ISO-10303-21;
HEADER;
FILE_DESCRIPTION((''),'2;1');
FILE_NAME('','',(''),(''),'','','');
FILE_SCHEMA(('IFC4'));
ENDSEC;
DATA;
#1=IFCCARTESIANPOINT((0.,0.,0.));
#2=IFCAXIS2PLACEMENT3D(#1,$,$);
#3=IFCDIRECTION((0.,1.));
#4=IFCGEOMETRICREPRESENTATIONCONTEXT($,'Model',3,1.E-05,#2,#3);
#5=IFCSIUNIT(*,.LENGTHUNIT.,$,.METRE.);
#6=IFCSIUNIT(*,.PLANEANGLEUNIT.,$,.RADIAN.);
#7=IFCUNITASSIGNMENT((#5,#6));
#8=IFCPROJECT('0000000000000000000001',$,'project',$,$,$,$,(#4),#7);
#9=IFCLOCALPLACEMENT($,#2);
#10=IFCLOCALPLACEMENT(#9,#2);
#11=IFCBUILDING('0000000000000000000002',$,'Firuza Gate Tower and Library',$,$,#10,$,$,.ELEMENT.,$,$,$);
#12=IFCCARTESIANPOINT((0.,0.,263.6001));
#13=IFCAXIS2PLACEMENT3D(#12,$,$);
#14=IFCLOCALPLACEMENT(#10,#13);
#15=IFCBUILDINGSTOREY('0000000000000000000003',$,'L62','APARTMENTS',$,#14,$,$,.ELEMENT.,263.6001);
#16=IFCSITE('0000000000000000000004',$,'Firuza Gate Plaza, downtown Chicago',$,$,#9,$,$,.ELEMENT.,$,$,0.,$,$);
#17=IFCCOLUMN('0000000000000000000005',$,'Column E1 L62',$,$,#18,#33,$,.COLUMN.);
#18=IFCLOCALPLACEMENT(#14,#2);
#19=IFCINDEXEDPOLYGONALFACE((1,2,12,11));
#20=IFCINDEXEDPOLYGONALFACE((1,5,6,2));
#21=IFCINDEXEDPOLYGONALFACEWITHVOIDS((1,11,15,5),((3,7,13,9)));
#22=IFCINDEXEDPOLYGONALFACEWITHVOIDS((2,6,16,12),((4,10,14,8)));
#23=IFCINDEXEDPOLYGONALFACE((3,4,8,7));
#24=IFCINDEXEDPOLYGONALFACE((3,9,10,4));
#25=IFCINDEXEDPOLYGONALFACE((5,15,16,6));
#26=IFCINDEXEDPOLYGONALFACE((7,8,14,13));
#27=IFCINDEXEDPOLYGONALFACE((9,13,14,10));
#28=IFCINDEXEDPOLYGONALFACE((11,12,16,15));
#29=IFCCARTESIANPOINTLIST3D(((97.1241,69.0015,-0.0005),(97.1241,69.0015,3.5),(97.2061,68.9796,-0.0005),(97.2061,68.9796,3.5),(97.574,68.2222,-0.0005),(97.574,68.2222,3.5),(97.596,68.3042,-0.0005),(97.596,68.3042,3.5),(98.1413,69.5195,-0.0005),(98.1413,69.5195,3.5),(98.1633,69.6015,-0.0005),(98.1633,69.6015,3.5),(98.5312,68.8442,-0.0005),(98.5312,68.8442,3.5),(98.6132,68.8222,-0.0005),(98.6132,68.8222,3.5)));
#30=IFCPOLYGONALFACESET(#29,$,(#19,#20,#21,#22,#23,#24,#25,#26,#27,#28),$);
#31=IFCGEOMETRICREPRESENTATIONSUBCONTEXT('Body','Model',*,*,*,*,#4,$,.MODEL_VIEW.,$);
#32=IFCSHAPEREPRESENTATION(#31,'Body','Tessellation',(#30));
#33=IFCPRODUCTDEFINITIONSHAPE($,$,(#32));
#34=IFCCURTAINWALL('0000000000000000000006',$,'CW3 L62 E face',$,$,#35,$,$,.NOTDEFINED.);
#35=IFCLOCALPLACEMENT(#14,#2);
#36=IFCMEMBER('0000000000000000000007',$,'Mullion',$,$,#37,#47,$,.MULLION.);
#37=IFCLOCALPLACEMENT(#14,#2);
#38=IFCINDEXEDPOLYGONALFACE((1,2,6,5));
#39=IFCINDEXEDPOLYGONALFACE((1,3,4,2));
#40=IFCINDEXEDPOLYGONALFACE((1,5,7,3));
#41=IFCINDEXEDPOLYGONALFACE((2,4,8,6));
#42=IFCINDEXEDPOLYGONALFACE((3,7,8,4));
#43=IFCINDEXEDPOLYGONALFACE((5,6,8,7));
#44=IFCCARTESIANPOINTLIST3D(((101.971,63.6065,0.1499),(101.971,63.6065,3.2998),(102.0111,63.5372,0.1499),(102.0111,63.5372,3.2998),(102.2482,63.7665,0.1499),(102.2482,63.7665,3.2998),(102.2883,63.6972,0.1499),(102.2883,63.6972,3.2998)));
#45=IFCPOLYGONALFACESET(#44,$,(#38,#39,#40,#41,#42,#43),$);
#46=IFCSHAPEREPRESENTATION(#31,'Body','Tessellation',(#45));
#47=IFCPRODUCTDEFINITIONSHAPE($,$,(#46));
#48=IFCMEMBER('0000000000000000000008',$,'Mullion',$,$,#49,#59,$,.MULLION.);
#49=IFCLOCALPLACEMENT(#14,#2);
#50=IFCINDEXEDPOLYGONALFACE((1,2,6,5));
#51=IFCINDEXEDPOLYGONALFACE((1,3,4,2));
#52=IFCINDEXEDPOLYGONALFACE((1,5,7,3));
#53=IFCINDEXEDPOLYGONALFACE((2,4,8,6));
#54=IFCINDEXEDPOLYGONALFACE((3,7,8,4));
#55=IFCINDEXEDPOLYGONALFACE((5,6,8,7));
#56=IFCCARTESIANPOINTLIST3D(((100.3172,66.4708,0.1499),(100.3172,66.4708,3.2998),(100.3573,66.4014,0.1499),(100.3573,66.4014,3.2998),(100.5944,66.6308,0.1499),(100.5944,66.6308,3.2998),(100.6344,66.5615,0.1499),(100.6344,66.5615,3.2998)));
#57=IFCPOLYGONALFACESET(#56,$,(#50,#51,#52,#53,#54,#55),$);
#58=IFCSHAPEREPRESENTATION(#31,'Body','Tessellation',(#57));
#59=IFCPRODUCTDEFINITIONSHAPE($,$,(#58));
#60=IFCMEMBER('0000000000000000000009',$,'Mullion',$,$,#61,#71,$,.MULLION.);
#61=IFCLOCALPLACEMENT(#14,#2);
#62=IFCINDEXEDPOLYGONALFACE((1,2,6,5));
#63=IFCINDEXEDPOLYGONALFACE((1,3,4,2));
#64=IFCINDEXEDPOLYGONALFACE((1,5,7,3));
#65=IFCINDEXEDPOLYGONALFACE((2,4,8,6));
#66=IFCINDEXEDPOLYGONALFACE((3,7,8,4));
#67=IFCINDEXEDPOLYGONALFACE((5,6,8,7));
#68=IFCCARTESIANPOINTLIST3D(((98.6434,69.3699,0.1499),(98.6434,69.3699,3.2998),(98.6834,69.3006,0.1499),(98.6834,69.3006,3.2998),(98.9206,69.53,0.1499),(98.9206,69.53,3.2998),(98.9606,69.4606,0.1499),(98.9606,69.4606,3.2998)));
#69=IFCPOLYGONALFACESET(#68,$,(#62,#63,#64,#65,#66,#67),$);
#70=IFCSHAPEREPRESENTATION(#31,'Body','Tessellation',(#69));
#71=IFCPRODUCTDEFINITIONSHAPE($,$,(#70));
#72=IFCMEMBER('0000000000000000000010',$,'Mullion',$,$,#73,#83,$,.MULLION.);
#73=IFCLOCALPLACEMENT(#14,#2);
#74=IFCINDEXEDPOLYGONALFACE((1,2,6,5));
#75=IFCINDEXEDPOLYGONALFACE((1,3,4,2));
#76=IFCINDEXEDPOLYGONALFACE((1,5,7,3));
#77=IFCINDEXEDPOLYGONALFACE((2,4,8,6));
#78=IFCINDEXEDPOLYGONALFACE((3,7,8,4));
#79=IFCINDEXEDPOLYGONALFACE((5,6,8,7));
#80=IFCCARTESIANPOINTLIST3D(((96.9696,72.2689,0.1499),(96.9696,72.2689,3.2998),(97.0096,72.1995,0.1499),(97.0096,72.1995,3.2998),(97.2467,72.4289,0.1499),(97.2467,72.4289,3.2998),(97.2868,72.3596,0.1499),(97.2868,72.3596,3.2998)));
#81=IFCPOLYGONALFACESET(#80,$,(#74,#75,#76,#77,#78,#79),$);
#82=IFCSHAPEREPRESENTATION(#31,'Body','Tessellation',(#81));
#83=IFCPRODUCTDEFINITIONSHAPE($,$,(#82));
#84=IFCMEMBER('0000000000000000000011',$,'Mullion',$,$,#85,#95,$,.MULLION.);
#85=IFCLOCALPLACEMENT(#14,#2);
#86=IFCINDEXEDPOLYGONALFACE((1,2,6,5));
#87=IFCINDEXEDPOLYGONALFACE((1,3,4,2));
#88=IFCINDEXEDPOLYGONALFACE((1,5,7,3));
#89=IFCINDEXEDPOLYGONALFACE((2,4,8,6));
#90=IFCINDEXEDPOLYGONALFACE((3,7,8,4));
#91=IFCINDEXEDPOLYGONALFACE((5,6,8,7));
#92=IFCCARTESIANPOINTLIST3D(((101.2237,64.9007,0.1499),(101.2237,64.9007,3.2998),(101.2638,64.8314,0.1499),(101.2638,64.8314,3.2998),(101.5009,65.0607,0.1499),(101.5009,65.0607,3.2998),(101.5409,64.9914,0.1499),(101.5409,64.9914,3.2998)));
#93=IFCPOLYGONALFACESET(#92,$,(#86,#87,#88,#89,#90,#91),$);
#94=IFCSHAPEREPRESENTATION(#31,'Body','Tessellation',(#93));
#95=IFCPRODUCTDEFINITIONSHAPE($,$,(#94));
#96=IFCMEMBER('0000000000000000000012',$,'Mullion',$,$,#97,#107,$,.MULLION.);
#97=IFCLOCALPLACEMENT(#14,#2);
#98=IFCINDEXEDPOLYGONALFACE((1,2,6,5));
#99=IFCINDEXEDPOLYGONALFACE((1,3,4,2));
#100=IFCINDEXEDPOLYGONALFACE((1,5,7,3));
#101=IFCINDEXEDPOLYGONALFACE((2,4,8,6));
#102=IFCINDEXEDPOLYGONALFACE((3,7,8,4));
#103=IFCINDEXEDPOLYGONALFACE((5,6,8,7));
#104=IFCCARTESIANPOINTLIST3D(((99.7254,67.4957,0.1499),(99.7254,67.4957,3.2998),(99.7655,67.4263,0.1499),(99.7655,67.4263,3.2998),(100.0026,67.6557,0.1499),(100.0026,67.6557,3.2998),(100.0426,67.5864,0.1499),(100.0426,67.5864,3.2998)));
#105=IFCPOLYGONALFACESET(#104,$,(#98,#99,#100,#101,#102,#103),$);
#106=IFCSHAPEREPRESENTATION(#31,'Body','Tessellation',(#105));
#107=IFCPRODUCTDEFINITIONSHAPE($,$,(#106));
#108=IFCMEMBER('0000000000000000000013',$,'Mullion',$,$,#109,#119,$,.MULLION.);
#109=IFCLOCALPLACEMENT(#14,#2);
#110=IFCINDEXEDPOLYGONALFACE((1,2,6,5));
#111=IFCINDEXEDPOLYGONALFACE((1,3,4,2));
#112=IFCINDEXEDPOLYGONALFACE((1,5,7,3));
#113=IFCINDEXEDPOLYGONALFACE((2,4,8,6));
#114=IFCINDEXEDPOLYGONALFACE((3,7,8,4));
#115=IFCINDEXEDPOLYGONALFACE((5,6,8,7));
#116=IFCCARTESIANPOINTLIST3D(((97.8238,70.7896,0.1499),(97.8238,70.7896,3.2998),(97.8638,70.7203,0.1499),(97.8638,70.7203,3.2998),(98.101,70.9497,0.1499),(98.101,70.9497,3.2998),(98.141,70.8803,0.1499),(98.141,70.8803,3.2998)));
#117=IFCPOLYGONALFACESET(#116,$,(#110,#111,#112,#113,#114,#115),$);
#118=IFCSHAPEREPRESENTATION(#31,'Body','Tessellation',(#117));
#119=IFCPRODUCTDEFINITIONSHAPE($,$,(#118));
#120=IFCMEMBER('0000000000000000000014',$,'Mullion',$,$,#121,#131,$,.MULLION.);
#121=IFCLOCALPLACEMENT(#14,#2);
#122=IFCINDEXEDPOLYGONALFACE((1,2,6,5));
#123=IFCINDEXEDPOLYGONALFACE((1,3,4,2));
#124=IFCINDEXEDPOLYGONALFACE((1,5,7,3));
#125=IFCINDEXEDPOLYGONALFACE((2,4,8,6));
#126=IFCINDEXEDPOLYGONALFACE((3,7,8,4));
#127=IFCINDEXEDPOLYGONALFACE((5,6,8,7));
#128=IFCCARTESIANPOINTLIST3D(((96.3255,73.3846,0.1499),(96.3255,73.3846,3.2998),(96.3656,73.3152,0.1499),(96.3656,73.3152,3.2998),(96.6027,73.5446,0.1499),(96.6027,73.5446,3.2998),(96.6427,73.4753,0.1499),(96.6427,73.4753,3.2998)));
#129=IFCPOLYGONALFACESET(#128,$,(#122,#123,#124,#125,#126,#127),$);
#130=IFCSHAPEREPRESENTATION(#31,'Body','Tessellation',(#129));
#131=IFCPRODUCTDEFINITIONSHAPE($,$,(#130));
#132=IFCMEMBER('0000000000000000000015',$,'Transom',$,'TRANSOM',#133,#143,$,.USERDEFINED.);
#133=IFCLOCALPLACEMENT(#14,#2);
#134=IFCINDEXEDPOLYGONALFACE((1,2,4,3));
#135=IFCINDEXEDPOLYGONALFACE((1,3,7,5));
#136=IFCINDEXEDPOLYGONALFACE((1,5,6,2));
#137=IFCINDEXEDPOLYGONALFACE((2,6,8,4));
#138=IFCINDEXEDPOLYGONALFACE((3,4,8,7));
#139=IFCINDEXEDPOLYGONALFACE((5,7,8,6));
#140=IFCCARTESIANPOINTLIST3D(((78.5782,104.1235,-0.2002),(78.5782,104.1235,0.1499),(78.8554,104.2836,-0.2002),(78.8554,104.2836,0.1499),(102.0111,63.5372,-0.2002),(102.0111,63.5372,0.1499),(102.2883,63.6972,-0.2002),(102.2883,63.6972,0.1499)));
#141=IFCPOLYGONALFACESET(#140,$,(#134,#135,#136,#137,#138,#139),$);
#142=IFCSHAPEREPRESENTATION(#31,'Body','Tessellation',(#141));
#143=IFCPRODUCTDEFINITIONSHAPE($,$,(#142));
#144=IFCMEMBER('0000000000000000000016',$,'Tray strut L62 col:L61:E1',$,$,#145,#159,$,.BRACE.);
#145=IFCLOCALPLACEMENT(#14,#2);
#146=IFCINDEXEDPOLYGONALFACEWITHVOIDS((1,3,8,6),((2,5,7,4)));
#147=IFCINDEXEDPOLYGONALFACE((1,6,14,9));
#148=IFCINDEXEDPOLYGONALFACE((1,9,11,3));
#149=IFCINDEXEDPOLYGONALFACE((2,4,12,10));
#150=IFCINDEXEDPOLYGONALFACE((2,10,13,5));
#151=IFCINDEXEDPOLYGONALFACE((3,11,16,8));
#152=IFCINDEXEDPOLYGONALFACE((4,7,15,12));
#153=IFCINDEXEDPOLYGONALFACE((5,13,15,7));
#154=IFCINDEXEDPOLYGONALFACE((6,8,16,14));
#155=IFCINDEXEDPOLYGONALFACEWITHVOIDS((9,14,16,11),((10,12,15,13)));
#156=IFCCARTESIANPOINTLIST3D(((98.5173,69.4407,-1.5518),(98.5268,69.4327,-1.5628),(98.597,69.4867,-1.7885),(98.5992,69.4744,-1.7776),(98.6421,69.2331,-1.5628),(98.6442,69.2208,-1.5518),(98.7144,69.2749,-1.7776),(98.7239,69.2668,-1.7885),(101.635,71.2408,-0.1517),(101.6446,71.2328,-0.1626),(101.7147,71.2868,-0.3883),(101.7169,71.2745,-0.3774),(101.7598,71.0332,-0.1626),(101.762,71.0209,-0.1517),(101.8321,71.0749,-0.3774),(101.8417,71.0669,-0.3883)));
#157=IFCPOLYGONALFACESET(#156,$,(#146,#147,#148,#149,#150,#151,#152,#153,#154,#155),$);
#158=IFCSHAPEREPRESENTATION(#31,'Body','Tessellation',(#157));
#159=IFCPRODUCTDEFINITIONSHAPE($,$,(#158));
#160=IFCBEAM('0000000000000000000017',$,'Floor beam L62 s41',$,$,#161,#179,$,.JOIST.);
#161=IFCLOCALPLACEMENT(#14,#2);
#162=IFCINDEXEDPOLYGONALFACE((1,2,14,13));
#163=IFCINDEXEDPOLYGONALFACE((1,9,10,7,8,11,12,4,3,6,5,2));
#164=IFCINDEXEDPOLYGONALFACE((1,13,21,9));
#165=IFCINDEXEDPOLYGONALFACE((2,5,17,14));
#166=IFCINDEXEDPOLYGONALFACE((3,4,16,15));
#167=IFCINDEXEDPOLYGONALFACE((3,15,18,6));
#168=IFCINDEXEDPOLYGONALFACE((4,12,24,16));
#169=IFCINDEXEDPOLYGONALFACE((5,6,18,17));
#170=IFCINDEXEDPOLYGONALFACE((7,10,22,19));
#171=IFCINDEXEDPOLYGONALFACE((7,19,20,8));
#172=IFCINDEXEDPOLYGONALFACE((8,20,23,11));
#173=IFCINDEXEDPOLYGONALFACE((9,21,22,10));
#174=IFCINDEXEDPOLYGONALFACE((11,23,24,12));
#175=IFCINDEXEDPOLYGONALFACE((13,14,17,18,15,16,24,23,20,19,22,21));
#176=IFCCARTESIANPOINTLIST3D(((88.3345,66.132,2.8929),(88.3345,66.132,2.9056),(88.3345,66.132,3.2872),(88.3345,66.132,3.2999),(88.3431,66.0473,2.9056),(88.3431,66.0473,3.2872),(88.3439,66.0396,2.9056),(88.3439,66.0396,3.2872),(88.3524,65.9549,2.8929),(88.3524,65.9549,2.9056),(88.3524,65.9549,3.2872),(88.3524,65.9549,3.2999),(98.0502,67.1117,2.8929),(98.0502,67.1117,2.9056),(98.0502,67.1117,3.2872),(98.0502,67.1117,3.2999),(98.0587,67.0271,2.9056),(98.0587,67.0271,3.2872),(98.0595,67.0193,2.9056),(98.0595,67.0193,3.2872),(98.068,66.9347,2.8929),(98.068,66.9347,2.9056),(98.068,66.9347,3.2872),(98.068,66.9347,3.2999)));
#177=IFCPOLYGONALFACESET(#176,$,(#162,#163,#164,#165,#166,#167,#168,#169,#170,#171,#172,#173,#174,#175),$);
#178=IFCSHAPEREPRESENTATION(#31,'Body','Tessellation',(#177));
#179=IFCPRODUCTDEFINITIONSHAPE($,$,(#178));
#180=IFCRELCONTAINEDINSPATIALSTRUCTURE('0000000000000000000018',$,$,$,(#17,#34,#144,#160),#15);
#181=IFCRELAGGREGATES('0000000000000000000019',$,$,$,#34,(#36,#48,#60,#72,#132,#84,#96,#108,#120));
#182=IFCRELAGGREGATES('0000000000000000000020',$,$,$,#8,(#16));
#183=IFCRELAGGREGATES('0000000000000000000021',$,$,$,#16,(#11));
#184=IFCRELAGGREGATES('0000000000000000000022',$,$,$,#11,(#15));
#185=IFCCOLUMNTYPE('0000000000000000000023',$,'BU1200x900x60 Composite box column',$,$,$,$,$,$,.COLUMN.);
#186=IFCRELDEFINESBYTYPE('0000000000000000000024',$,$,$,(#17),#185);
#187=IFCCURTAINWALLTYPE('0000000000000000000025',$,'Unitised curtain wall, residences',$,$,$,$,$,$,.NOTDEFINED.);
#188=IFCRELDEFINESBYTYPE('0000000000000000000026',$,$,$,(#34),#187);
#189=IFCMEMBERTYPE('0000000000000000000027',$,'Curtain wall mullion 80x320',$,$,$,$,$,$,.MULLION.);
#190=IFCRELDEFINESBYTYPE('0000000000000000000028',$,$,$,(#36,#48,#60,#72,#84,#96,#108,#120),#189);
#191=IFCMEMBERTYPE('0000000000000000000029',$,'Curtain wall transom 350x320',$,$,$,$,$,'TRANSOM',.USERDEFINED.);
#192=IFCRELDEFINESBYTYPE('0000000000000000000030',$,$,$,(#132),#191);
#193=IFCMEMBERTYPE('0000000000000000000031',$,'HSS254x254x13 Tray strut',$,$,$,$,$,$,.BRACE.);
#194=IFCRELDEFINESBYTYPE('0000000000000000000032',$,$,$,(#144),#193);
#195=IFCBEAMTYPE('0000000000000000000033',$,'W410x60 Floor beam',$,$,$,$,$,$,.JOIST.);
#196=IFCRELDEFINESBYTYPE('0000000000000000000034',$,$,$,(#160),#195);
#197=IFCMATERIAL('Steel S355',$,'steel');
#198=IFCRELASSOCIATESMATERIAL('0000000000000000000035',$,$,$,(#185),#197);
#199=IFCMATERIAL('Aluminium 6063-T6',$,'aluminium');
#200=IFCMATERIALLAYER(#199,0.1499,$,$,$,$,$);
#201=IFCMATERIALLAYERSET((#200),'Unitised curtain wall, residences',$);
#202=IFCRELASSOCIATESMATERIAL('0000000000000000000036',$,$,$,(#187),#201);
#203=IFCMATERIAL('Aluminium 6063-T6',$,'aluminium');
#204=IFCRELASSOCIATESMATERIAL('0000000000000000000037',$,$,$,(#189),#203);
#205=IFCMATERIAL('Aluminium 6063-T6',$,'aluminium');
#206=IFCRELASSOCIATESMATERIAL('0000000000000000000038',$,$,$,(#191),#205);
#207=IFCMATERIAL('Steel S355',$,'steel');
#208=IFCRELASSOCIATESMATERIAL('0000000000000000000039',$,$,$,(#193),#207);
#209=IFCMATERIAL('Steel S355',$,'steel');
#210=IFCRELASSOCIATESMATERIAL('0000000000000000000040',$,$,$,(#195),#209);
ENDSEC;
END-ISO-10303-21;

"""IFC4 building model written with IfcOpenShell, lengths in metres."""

from ifc_helpers import new_model, si_unit, direction, frame, origin, origin_2d, place, context, subcontext, project, spatial, rectangle, hollow_rectangle, i_section, extrude, material, layer, layer_set, material_profile, profile_set, type_object, element, aggregate, save


model = new_model("IFC4")

# Units and contexts
model_context = context("Model", 3, precision=1e-05, world=origin(), true_north=direction((0.0, 1.0)))
body_context = subcontext(model_context, "Body", "Model", "MODEL_VIEW")
ifc_project = project(units=[si_unit("LENGTHUNIT", "METRE"), si_unit("PLANEANGLEUNIT", "RADIAN")], contexts=[model_context])

# Site, building, storey
site_placement = place(None, origin())
site = spatial("IfcSite", under=ifc_project, at=site_placement, Name="Firuza Gate Plaza, downtown Chicago", CompositionType="ELEMENT", RefElevation=0.0)
building_placement = place(site_placement, origin())
building = spatial("IfcBuilding", under=site, at=building_placement, Name="Firuza Gate Tower and Library", CompositionType="ELEMENT")
storey_placement = place(building_placement, frame((0.0, 0.0, 263.6001)))
storey = spatial("IfcBuildingStorey", under=building, at=storey_placement, Name="L62", Description="APARTMENTS", CompositionType="ELEMENT", Elevation=263.6001)

# Column
ifc_material_1 = material(Name="Steel S355", Category="steel")
ifc_material_profile_1 = material_profile(ifc_material_1, hollow_rectangle(XDim=0.8999, YDim=1.2, WallThickness=0.0601, at=origin_2d()))
ifc_profile_set_1 = profile_set([ifc_material_profile_1], Name="Steel S355")
column_type = type_object("IfcColumnType", Name="BU1200x900x60 Composite box column", PredefinedType="COLUMN", material=ifc_profile_set_1)
column_placement = place(storey_placement, frame((97.8687, 68.9119, -0.0005), z_axis=(0.0, 0.0, 1.0), x_axis=(-0.5, 0.866025, 0.0)))
element("IfcColumn", 1, at=column_placement, inside=storey, type_object=column_type, Name="Column E1 L62", PredefinedType="COLUMN", context=body_context, shape_type="SweptSolid", body=[
    extrude(hollow_rectangle(XDim=0.8999, YDim=1.2, WallThickness=0.0601, at=origin_2d()), origin(), (0.0, 0.0, 1.0), 3.5005),
])

# Curtain wall, members
ifc_material_2 = material(Name="Aluminium 6063-T6", Category="aluminium")
ifc_layer_1 = layer(ifc_material_2, 0.1499)
ifc_layer_set_1 = layer_set([ifc_layer_1], Name="Unitised curtain wall, residences")
curtain_wall_type = type_object("IfcCurtainWallType", Name="Unitised curtain wall, residences", PredefinedType="NOTDEFINED", material=ifc_layer_set_1)
curtain_wall_placement = place(storey_placement, origin())
curtain_wall = element("IfcCurtainWall", 2, at=curtain_wall_placement, inside=storey, type_object=curtain_wall_type, Name="CW3 L62 E face", PredefinedType="NOTDEFINED")
ifc_material_3 = material(Name="Aluminium 6063-T6", Category="aluminium")
ifc_material_profile_2 = material_profile(ifc_material_3, rectangle(XDim=0.3201, YDim=0.0801, at=origin_2d()))
ifc_profile_set_2 = profile_set([ifc_material_profile_2], Name="Aluminium 6063-T6")
member_type_1 = type_object("IfcMemberType", Name="Curtain wall mullion 80x320", PredefinedType="MULLION", material=ifc_profile_set_2)
member_1_placement = place(storey_placement, frame((102.1296, 63.6519, 0.1499), z_axis=(0.0, 0.0, 1.0), x_axis=(-0.866025, -0.5, 0.0)))
member_1 = element("IfcMember", 3, at=member_1_placement, type_object=member_type_1, Name="Mullion", PredefinedType="MULLION", context=body_context, shape_type="SweptSolid", body=[
    extrude(rectangle(XDim=0.3201, YDim=0.0801, at=origin_2d()), origin(), (0.0, 0.0, 1.0), 3.1499),
])
member_2_placement = place(storey_placement, frame((100.4758, 66.5161, 0.1499), z_axis=(0.0, 0.0, 1.0), x_axis=(-0.866025, -0.5, 0.0)))
member_2 = element("IfcMember", 4, at=member_2_placement, type_object=member_type_1, Name="Mullion", PredefinedType="MULLION", context=body_context, shape_type="SweptSolid", body=[
    extrude(rectangle(XDim=0.3201, YDim=0.0801, at=origin_2d()), origin(), (0.0, 0.0, 1.0), 3.1499),
])
member_3_placement = place(storey_placement, frame((98.802, 69.4153, 0.1499), z_axis=(0.0, 0.0, 1.0), x_axis=(-0.866025, -0.5, 0.0)))
member_3 = element("IfcMember", 5, at=member_3_placement, type_object=member_type_1, Name="Mullion", PredefinedType="MULLION", context=body_context, shape_type="SweptSolid", body=[
    extrude(rectangle(XDim=0.3201, YDim=0.0801, at=origin_2d()), origin(), (0.0, 0.0, 1.0), 3.1499),
])
member_4_placement = place(storey_placement, frame((97.1282, 72.3142, 0.1499), z_axis=(0.0, 0.0, 1.0), x_axis=(-0.866025, -0.5, 0.0)))
member_4 = element("IfcMember", 6, at=member_4_placement, type_object=member_type_1, Name="Mullion", PredefinedType="MULLION", context=body_context, shape_type="SweptSolid", body=[
    extrude(rectangle(XDim=0.3201, YDim=0.0801, at=origin_2d()), origin(), (0.0, 0.0, 1.0), 3.1499),
])
member_5_placement = place(storey_placement, frame((101.3823, 64.946, 0.1499), z_axis=(0.0, 0.0, 1.0), x_axis=(-0.866025, -0.5, 0.0)))
member_5 = element("IfcMember", 7, at=member_5_placement, type_object=member_type_1, Name="Mullion", PredefinedType="MULLION", context=body_context, shape_type="SweptSolid", body=[
    extrude(rectangle(XDim=0.3201, YDim=0.0801, at=origin_2d()), origin(), (0.0, 0.0, 1.0), 3.1499),
])
member_6_placement = place(storey_placement, frame((99.884, 67.541, 0.1499), z_axis=(0.0, 0.0, 1.0), x_axis=(-0.866025, -0.5, 0.0)))
member_6 = element("IfcMember", 8, at=member_6_placement, type_object=member_type_1, Name="Mullion", PredefinedType="MULLION", context=body_context, shape_type="SweptSolid", body=[
    extrude(rectangle(XDim=0.3201, YDim=0.0801, at=origin_2d()), origin(), (0.0, 0.0, 1.0), 3.1499),
])
member_7_placement = place(storey_placement, frame((97.9824, 70.835, 0.1499), z_axis=(0.0, 0.0, 1.0), x_axis=(-0.866025, -0.5, 0.0)))
member_7 = element("IfcMember", 9, at=member_7_placement, type_object=member_type_1, Name="Mullion", PredefinedType="MULLION", context=body_context, shape_type="SweptSolid", body=[
    extrude(rectangle(XDim=0.3201, YDim=0.0801, at=origin_2d()), origin(), (0.0, 0.0, 1.0), 3.1499),
])
member_8_placement = place(storey_placement, frame((96.4841, 73.4299, 0.1499), z_axis=(0.0, 0.0, 1.0), x_axis=(-0.866025, -0.5, 0.0)))
member_8 = element("IfcMember", 10, at=member_8_placement, type_object=member_type_1, Name="Mullion", PredefinedType="MULLION", context=body_context, shape_type="SweptSolid", body=[
    extrude(rectangle(XDim=0.3201, YDim=0.0801, at=origin_2d()), origin(), (0.0, 0.0, 1.0), 3.1499),
])
ifc_material_4 = material(Name="Aluminium 6063-T6", Category="aluminium")
ifc_material_profile_3 = material_profile(ifc_material_4, rectangle(XDim=0.3201, YDim=0.3501, at=origin_2d()))
ifc_profile_set_3 = profile_set([ifc_material_profile_3], Name="Aluminium 6063-T6")
member_type_2 = type_object("IfcMemberType", Name="Curtain wall transom 350x320", ElementType="TRANSOM", PredefinedType="USERDEFINED", material=ifc_profile_set_3)
member_9_placement = place(storey_placement, frame((102.1497, 63.6172, -0.0251), z_axis=(-0.500004, 0.866023, 0.0), x_axis=(-0.866023, -0.500004, 0.0)))
member_9 = element("IfcMember", 11, at=member_9_placement, type_object=member_type_2, Name="Transom", ObjectType="TRANSOM", PredefinedType="USERDEFINED", context=body_context, shape_type="SweptSolid", body=[
    extrude(rectangle(XDim=0.3201, YDim=0.3501, at=origin_2d()), origin(), (0.0, 0.0, 1.0), 46.8652),
])

# Member
ifc_material_5 = material(Name="Steel S355", Category="steel")
ifc_material_profile_4 = material_profile(ifc_material_5, hollow_rectangle(XDim=0.2539, YDim=0.2539, WallThickness=0.0117, at=origin_2d()))
ifc_profile_set_4 = profile_set([ifc_material_profile_4], Name="Steel S355")
member_type_3 = type_object("IfcMemberType", Name="HSS254x254x13 Tray strut", PredefinedType="BRACE", material=ifc_profile_set_4)
member_10_placement = place(storey_placement, frame((98.6206, 69.3538, -1.6702), z_axis=(0.807122, 0.466007, 0.362478), x_axis=(-0.500012, 0.866018, 0.0)))
element("IfcMember", 12, at=member_10_placement, inside=storey, type_object=member_type_3, Name="Tray strut L62 col:L61:E1", PredefinedType="BRACE", context=body_context, shape_type="SweptSolid", body=[
    extrude(hollow_rectangle(XDim=0.2539, YDim=0.2539, WallThickness=0.0117, at=origin_2d()), origin(), (0.0, 0.0, 1.0), 3.8628),
])

# Beam
ifc_material_6 = material(Name="Steel S355", Category="steel")
ifc_material_profile_5 = material_profile(ifc_material_6, i_section(OverallWidth=0.178, OverallDepth=0.407, WebThickness=0.0078, FlangeThickness=0.0127, at=origin_2d()))
ifc_profile_set_5 = profile_set([ifc_material_profile_5], Name="Steel S355")
beam_type_1 = type_object("IfcBeamType", Name="W410x60 Floor beam", PredefinedType="JOIST", material=ifc_profile_set_5)
beam_1_placement = place(storey_placement, frame((98.0591, 67.0232, 3.0964), z_axis=(-0.994954, -0.100333, 0.0), x_axis=(0.100333, -0.994954, 0.0)))
element("IfcBeam", 13, at=beam_1_placement, inside=storey, type_object=beam_type_1, Name="Floor beam L62 s41", PredefinedType="JOIST", context=body_context, shape_type="SweptSolid", body=[
    extrude(i_section(OverallWidth=0.178, OverallDepth=0.407, WebThickness=0.0078, FlangeThickness=0.0127, at=origin_2d()), origin(), (0.0, 0.0, 1.0), 9.7649),
])

aggregate(curtain_wall, [member_1, member_2, member_3, member_4, member_9, member_5, member_6, member_7, member_8])

save(model, "model.ifc")
